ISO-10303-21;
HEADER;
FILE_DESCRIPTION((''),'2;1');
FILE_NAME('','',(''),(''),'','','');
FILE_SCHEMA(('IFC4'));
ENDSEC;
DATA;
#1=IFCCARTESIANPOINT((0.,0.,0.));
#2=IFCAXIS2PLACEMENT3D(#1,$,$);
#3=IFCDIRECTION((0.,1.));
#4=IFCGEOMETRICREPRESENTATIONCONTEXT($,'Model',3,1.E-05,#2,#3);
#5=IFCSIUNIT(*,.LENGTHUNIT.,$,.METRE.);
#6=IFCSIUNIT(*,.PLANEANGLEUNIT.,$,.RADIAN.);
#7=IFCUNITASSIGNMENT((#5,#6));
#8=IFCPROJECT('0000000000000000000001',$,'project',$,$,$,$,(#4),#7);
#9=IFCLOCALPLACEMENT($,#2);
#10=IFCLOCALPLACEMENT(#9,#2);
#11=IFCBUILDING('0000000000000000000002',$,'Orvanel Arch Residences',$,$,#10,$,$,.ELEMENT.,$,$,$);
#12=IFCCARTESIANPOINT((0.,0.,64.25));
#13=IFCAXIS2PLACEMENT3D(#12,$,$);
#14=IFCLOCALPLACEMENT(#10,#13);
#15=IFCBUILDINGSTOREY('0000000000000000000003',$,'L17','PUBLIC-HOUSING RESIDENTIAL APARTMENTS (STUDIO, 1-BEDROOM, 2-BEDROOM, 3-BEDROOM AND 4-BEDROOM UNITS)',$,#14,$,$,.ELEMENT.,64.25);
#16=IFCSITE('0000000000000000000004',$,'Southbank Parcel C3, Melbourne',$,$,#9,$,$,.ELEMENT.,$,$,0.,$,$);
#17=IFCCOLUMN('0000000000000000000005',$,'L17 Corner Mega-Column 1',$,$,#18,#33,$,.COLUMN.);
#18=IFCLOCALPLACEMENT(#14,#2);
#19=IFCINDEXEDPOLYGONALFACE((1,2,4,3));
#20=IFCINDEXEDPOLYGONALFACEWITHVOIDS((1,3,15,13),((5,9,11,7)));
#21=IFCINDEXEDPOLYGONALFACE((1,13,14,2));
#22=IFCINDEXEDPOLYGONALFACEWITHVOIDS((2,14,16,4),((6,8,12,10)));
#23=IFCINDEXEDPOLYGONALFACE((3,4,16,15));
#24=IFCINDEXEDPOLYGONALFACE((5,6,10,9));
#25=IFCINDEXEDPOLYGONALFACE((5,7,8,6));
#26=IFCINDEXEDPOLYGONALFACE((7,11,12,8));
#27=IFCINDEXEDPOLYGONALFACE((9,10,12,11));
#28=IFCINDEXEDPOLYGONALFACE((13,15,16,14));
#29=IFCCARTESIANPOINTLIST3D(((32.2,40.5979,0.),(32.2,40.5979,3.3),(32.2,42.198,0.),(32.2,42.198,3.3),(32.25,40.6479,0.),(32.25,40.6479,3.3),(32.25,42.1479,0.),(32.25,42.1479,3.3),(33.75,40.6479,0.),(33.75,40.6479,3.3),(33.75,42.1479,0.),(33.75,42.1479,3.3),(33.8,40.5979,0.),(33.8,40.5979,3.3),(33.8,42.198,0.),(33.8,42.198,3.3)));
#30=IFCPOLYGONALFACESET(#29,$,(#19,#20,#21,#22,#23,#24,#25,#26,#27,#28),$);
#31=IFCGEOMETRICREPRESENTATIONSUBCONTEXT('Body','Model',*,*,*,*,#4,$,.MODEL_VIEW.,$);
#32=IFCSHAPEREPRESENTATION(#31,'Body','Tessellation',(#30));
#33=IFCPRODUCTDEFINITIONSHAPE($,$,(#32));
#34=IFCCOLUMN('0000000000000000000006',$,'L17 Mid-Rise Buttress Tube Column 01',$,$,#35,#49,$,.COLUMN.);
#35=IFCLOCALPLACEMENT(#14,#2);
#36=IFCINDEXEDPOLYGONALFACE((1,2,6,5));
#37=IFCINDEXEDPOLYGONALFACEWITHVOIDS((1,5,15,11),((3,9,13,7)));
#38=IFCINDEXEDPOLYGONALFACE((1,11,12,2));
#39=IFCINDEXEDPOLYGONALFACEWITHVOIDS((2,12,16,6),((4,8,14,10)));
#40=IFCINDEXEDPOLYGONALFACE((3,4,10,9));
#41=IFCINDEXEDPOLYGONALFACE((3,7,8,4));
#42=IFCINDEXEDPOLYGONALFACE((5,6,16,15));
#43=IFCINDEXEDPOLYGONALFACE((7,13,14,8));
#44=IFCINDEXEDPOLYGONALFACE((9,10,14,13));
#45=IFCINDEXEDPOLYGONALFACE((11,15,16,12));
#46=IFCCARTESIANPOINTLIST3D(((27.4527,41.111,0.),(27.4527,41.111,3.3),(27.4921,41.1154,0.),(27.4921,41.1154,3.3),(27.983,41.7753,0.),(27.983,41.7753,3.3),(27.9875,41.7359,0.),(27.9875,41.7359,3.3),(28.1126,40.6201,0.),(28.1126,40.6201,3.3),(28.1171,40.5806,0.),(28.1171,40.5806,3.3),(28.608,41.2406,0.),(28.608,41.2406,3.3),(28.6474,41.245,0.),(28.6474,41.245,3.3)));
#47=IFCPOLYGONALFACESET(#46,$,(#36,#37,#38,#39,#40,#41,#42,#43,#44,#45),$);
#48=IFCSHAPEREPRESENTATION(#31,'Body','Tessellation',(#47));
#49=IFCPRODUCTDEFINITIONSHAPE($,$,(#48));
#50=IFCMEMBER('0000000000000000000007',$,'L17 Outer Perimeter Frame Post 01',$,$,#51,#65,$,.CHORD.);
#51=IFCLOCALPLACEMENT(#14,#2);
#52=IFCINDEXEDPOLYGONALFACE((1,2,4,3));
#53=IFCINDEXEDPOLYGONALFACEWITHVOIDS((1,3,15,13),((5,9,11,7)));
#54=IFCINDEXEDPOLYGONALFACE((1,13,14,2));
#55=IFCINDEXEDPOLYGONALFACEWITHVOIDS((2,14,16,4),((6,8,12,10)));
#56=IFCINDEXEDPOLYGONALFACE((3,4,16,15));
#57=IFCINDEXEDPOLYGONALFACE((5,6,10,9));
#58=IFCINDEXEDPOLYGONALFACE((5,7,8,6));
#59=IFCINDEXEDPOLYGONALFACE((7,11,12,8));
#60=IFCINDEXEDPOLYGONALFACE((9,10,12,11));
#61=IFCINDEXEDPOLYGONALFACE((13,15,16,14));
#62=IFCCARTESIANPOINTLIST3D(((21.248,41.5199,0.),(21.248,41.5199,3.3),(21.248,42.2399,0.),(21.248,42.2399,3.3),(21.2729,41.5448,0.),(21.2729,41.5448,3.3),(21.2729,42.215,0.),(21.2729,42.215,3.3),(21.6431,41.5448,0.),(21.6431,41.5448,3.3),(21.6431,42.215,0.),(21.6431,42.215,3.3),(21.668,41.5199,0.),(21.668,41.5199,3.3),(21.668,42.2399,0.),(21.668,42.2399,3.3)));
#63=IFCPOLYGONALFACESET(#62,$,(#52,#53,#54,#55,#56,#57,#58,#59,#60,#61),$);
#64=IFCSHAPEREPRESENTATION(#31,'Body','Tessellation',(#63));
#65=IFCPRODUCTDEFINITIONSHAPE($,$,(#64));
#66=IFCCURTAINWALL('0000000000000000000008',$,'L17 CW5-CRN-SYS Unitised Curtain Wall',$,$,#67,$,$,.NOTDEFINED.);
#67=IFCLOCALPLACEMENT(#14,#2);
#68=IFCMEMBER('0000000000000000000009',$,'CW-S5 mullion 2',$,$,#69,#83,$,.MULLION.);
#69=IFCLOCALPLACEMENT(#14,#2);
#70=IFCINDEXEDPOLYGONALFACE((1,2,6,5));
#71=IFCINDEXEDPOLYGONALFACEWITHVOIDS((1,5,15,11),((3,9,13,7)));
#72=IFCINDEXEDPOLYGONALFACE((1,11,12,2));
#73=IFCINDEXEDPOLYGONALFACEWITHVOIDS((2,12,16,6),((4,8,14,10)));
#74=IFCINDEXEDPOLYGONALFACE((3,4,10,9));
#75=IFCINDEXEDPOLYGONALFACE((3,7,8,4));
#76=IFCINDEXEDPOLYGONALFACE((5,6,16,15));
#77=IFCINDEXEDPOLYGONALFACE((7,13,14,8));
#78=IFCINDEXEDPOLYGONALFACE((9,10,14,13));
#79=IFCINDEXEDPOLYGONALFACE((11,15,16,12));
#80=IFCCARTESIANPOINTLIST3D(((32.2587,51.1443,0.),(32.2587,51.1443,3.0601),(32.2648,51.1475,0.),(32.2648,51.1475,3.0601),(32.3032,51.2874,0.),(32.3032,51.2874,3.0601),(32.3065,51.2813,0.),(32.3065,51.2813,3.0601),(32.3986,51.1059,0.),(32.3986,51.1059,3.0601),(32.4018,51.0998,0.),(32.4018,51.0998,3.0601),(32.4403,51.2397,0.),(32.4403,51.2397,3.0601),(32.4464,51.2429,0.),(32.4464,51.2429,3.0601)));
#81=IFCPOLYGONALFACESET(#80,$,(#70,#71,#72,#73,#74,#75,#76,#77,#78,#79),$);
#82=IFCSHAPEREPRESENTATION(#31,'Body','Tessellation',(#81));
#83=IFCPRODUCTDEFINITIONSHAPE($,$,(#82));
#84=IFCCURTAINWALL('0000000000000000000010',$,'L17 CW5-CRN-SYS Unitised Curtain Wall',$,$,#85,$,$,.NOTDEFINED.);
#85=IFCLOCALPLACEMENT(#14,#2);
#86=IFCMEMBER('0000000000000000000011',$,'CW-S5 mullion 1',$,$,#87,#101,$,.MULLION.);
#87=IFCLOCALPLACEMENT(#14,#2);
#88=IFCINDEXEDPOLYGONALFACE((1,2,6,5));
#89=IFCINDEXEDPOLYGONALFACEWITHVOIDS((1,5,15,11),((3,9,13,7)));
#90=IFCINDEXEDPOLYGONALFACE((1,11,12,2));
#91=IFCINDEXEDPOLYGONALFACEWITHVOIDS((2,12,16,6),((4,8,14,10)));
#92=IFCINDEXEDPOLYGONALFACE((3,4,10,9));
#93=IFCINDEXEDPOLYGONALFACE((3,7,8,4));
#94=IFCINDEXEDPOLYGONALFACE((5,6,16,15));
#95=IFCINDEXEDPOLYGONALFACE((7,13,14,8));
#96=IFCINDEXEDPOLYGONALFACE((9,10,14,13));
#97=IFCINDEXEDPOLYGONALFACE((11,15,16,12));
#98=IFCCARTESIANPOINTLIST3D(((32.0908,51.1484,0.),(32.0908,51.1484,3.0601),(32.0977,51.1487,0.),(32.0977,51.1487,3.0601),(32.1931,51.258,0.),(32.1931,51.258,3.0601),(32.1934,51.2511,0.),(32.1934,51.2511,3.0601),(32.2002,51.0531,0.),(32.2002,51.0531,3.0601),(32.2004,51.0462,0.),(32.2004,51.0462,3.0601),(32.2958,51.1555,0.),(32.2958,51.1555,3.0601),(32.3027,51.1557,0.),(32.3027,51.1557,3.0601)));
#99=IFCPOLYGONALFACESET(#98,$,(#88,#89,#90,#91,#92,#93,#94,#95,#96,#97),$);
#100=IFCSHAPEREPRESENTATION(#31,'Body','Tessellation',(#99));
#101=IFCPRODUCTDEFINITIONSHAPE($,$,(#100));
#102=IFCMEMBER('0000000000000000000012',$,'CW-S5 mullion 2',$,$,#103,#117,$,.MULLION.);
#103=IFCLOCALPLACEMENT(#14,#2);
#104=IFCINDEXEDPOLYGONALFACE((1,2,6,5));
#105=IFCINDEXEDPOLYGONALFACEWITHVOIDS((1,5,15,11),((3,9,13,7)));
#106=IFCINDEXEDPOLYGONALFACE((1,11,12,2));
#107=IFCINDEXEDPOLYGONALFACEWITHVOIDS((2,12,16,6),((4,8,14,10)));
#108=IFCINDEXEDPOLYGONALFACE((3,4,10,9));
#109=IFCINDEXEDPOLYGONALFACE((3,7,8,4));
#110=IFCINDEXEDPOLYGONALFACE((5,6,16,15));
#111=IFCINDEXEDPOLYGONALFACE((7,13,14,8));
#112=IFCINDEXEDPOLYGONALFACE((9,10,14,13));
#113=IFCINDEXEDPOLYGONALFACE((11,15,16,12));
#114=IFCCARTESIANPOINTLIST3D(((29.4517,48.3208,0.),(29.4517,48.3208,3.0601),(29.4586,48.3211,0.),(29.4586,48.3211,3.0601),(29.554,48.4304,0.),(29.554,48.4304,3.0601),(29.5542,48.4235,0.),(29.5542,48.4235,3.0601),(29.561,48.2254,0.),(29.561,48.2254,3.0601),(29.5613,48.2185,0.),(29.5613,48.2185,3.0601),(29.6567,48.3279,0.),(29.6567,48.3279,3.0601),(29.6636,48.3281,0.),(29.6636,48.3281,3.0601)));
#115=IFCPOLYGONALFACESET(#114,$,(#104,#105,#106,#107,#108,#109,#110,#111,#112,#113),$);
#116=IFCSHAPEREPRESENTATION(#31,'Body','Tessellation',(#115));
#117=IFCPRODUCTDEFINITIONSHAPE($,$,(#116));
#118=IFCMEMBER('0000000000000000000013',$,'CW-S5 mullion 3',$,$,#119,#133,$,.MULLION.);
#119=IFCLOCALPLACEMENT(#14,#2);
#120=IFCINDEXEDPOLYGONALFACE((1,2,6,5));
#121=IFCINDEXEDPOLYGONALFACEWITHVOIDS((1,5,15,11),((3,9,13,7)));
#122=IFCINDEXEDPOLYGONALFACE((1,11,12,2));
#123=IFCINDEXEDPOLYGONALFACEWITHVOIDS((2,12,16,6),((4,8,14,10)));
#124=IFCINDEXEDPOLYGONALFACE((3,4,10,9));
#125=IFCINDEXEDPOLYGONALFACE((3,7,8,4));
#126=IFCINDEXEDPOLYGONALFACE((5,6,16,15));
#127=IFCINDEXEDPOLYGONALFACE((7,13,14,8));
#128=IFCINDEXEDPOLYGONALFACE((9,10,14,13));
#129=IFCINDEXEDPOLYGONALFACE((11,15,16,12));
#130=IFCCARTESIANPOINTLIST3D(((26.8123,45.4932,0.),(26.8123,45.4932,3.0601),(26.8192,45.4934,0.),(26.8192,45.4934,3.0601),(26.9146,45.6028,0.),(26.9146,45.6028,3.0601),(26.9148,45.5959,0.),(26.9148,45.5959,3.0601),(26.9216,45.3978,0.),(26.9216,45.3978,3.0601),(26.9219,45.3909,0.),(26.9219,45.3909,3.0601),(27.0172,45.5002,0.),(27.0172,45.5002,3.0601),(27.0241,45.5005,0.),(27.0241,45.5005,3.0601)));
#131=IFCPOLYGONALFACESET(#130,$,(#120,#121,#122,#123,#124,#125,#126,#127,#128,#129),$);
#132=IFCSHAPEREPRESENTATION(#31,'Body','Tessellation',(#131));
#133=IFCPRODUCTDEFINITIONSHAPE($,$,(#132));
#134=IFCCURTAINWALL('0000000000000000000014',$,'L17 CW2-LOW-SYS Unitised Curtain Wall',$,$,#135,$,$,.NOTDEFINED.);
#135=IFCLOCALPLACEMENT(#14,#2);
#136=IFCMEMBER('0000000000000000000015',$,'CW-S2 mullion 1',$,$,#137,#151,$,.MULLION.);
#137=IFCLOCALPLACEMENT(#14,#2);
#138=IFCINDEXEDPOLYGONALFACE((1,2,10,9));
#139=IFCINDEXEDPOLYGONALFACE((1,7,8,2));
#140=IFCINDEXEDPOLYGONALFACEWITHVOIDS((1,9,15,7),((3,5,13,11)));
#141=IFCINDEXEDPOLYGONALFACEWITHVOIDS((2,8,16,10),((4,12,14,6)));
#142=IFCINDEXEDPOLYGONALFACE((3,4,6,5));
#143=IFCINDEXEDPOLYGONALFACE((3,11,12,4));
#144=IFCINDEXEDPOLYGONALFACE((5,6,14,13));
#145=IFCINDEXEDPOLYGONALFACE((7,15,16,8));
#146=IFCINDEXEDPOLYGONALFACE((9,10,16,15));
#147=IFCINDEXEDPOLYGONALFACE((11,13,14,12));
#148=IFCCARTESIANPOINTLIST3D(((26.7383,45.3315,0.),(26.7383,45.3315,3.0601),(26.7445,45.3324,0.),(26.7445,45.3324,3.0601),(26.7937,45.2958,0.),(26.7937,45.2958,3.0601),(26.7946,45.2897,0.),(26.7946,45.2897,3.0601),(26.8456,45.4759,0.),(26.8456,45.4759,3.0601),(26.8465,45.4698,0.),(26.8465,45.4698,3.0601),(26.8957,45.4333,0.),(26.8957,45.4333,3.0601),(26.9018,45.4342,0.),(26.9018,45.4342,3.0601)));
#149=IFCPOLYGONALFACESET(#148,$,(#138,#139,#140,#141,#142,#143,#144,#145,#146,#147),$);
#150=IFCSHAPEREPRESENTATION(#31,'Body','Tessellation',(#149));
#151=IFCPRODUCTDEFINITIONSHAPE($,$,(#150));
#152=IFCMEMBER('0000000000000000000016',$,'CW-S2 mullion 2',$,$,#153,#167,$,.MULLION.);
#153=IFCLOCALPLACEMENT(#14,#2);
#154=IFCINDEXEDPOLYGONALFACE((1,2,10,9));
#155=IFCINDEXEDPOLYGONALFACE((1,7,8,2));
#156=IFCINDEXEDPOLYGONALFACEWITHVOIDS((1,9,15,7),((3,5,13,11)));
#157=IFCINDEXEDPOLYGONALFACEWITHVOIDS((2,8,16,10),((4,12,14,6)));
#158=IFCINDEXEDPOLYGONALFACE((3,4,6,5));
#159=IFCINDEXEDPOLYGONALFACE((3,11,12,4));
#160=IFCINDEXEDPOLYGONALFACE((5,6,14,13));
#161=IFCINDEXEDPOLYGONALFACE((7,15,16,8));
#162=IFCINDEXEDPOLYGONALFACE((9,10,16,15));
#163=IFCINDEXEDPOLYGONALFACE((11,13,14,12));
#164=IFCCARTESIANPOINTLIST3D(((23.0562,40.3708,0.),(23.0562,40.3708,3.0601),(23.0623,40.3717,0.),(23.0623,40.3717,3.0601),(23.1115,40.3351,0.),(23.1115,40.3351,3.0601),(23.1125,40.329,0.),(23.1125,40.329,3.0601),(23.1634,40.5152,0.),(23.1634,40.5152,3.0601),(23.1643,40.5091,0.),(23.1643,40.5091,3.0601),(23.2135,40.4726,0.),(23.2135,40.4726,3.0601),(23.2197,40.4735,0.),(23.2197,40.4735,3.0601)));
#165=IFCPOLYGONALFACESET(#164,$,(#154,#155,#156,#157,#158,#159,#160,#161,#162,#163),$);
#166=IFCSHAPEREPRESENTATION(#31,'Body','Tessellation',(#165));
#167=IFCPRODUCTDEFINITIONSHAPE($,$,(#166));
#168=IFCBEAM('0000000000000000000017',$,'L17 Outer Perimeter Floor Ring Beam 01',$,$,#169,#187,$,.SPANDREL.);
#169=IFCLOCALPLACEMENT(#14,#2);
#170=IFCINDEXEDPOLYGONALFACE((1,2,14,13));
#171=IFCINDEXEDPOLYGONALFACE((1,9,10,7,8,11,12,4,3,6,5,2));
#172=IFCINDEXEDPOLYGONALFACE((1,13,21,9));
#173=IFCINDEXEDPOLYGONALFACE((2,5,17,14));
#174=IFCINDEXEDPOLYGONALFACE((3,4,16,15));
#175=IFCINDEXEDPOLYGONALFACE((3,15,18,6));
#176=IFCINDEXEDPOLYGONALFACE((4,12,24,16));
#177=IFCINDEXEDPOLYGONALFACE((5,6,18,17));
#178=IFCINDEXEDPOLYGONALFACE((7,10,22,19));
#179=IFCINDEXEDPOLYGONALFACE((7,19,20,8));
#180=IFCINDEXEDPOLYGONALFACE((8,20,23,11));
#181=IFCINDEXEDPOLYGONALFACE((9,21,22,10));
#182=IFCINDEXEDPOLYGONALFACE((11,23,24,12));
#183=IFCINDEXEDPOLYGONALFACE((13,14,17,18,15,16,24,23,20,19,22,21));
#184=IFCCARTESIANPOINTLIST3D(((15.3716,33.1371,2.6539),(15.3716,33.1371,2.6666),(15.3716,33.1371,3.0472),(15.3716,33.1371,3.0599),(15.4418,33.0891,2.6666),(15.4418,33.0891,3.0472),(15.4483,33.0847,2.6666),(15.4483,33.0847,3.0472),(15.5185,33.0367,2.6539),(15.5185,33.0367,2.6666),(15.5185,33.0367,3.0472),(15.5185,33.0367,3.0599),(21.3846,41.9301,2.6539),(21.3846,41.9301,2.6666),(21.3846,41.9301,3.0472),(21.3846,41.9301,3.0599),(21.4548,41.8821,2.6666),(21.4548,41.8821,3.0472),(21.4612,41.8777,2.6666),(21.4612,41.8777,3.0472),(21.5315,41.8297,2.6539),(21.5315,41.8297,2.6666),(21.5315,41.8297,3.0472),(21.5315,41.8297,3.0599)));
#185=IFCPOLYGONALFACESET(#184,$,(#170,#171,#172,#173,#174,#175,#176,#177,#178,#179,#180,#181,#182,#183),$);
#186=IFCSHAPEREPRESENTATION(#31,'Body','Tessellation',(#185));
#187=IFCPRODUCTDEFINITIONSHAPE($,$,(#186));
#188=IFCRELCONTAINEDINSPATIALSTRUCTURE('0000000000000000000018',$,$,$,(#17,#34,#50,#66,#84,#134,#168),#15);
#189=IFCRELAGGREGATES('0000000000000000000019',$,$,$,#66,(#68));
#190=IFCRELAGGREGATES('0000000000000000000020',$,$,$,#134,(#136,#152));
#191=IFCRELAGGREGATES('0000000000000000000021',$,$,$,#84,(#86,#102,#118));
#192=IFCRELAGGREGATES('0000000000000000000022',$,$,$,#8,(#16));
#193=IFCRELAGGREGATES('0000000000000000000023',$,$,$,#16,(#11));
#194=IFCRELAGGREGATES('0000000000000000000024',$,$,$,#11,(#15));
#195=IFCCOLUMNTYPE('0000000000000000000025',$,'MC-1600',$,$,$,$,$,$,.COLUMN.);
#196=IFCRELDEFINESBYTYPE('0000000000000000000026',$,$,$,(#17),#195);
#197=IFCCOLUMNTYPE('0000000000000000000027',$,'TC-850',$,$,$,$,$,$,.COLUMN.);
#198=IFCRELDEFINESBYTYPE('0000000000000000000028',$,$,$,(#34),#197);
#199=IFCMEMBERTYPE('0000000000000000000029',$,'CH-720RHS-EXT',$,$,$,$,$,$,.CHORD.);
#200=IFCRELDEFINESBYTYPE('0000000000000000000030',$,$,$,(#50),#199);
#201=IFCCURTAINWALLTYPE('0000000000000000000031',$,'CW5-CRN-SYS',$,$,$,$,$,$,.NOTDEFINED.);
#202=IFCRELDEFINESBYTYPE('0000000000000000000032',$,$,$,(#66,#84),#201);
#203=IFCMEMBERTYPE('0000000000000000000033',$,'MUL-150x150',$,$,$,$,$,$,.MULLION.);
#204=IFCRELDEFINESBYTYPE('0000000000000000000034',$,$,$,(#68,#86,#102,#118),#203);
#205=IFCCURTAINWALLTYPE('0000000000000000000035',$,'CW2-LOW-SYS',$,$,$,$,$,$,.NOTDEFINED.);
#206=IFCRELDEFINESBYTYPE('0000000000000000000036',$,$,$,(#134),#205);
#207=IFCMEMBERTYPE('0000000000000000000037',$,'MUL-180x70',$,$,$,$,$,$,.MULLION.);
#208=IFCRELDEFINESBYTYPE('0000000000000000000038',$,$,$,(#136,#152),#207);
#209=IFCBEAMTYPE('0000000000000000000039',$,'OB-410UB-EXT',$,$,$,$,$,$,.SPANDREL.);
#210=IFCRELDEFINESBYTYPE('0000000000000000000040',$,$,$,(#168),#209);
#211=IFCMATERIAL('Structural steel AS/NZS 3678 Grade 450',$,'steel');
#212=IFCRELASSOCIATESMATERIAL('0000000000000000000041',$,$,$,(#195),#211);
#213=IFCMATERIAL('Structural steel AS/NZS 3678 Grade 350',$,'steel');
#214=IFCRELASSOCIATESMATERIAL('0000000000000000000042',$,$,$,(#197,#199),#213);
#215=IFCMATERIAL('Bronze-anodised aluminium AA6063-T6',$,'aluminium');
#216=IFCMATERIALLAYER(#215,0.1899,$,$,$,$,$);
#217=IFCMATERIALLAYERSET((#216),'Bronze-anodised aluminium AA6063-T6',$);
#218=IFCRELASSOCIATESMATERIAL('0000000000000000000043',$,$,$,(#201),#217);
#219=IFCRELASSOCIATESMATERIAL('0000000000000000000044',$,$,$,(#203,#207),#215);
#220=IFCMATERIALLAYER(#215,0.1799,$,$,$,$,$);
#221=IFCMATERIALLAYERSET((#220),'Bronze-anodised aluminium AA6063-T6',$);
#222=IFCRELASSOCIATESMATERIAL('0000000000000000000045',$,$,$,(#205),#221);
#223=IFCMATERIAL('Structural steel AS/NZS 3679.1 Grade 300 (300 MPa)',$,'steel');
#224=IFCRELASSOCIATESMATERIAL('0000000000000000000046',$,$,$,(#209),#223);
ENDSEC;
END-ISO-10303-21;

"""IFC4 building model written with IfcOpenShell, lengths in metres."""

from ifc_helpers import new_model, si_unit, direction, frame, origin, origin_2d, place, context, subcontext, project, spatial, hollow_rectangle, i_section, extrude, material, layer, layer_set, material_profile, profile_set, type_object, element, aggregate, save


model = new_model("IFC4")

# Units and contexts
model_context = context("Model", 3, precision=1e-05, world=origin(), true_north=direction((0.0, 1.0)))
body_context = subcontext(model_context, "Body", "Model", "MODEL_VIEW")
ifc_project = project(units=[si_unit("LENGTHUNIT", "METRE"), si_unit("PLANEANGLEUNIT", "RADIAN")], contexts=[model_context])

# Site, building, storey
site_placement = place(None, origin())
site = spatial("IfcSite", under=ifc_project, at=site_placement, Name="Southbank Parcel C3, Melbourne", CompositionType="ELEMENT", RefElevation=0.0)
building_placement = place(site_placement, origin())
building = spatial("IfcBuilding", under=site, at=building_placement, Name="Orvanel Arch Residences", CompositionType="ELEMENT")
storey_placement = place(building_placement, frame((0.0, 0.0, 64.25)))
storey = spatial("IfcBuildingStorey", under=building, at=storey_placement, Name="L17", Description="PUBLIC-HOUSING RESIDENTIAL APARTMENTS (STUDIO, 1-BEDROOM, 2-BEDROOM, 3-BEDROOM AND 4-BEDROOM UNITS)", CompositionType="ELEMENT", Elevation=64.25)

# Columns
ifc_material_1 = material(Name="Structural steel AS/NZS 3678 Grade 450", Category="steel")
ifc_material_profile_1 = material_profile(ifc_material_1, hollow_rectangle(XDim=1.6001, YDim=1.6001, WallThickness=0.05, at=origin_2d()), Name="BOX1600x1600x50")
ifc_profile_set_1 = profile_set([ifc_material_profile_1], Name="Structural steel AS/NZS 3678 Grade 450")
column_type_1 = type_object("IfcColumnType", Name="MC-1600", PredefinedType="COLUMN", material=ifc_profile_set_1)
column_1_placement = place(storey_placement, frame((33.0, 41.3979, 0.0), z_axis=(0.0, 0.0, 1.0), x_axis=(1.0, 0.0, 0.0)))
element("IfcColumn", 1, at=column_1_placement, inside=storey, type_object=column_type_1, Name="L17 Corner Mega-Column 1", PredefinedType="COLUMN", context=body_context, shape_type="SweptSolid", body=[
    extrude(hollow_rectangle(XDim=1.6001, YDim=1.6001, WallThickness=0.05, at=origin_2d()), origin(), (0.0, 0.0, 1.0), 3.3),
])
ifc_material_2 = material(Name="Structural steel AS/NZS 3678 Grade 350", Category="steel")
ifc_material_profile_2 = material_profile(ifc_material_2, hollow_rectangle(XDim=0.8501, YDim=0.8501, WallThickness=0.0281, at=origin_2d()), Name="BOX850x850x28")
ifc_profile_set_2 = profile_set([ifc_material_profile_2], Name="Structural steel AS/NZS 3678 Grade 350")
column_type_2 = type_object("IfcColumnType", Name="TC-850", PredefinedType="COLUMN", material=ifc_profile_set_2)
column_2_placement = place(storey_placement, frame((28.05, 41.178, 0.0), z_axis=(0.0, 0.0, 1.0), x_axis=(0.62388, 0.78152, 0.0)))
element("IfcColumn", 2, at=column_2_placement, inside=storey, type_object=column_type_2, Name="L17 Mid-Rise Buttress Tube Column 01", PredefinedType="COLUMN", context=body_context, shape_type="SweptSolid", body=[
    extrude(hollow_rectangle(XDim=0.8501, YDim=0.8501, WallThickness=0.0281, at=origin_2d()), origin(), (0.0, 0.0, 1.0), 3.3),
])

# Member
ifc_material_profile_3 = material_profile(ifc_material_2, hollow_rectangle(XDim=0.4199, YDim=0.72, WallThickness=0.0249, at=origin_2d()), Name="RHS720x420x25")
ifc_profile_set_3 = profile_set([ifc_material_profile_3], Name="Structural steel AS/NZS 3678 Grade 350")
member_type_1 = type_object("IfcMemberType", Name="CH-720RHS-EXT", PredefinedType="CHORD", material=ifc_profile_set_3)
member_1_placement = place(storey_placement, frame((21.458, 41.8799, 0.0), z_axis=(0.0, 0.0, 1.0), x_axis=(1.0, 0.0, 0.0)))
element("IfcMember", 3, at=member_1_placement, inside=storey, type_object=member_type_1, Name="L17 Outer Perimeter Frame Post 01", PredefinedType="CHORD", context=body_context, shape_type="SweptSolid", body=[
    extrude(hollow_rectangle(XDim=0.4199, YDim=0.72, WallThickness=0.0249, at=origin_2d()), origin(), (0.0, 0.0, 1.0), 3.3),
])

# Curtain wall, member
ifc_material_3 = material(Name="Bronze-anodised aluminium AA6063-T6", Category="aluminium")
ifc_layer_1 = layer(ifc_material_3, 0.1899)
ifc_layer_set_1 = layer_set([ifc_layer_1], Name="Bronze-anodised aluminium AA6063-T6")
curtain_wall_type_1 = type_object("IfcCurtainWallType", Name="CW5-CRN-SYS", PredefinedType="NOTDEFINED", material=ifc_layer_set_1)
curtain_wall_1_placement = place(storey_placement, origin())
curtain_wall_1 = element("IfcCurtainWall", 4, at=curtain_wall_1_placement, inside=storey, type_object=curtain_wall_type_1, Name="L17 CW5-CRN-SYS Unitised Curtain Wall", PredefinedType="NOTDEFINED")
ifc_material_profile_4 = material_profile(ifc_material_3, hollow_rectangle(XDim=0.1499, YDim=0.1499, WallThickness=0.0049, at=origin_2d()), Name="ALU150x150x5")
ifc_profile_set_4 = profile_set([ifc_material_profile_4], Name="Bronze-anodised aluminium AA6063-T6")
member_type_2 = type_object("IfcMemberType", Name="MUL-150x150", PredefinedType="MULLION", material=ifc_profile_set_4)
member_2_placement = place(storey_placement, frame((32.3525, 51.1936, 0.0), z_axis=(0.0, 0.0, 1.0), x_axis=(-0.2971, -0.954846, 0.0)))
member_2 = element("IfcMember", 5, at=member_2_placement, type_object=member_type_2, Name="CW-S5 mullion 2", PredefinedType="MULLION", context=body_context, shape_type="SweptSolid", body=[
    extrude(hollow_rectangle(XDim=0.1499, YDim=0.1499, WallThickness=0.0049, at=origin_2d()), origin(), (0.0, 0.0, 1.0), 3.0601),
])
aggregate(curtain_wall_1, [member_2])

# Curtain walls, members
curtain_wall_2_placement = place(storey_placement, origin())
curtain_wall_2 = element("IfcCurtainWall", 6, at=curtain_wall_2_placement, inside=storey, type_object=curtain_wall_type_1, Name="L17 CW5-CRN-SYS Unitised Curtain Wall", PredefinedType="NOTDEFINED")
member_3_placement = place(storey_placement, frame((32.1968, 51.1521, 0.0), z_axis=(0.0, 0.0, 1.0), x_axis=(0.731034, -0.682341, 0.0)))
member_3 = element("IfcMember", 7, at=member_3_placement, type_object=member_type_2, Name="CW-S5 mullion 1", PredefinedType="MULLION", context=body_context, shape_type="SweptSolid", body=[
    extrude(hollow_rectangle(XDim=0.1499, YDim=0.1499, WallThickness=0.0049, at=origin_2d()), origin(), (0.0, 0.0, 1.0), 3.0601),
])
member_4_placement = place(storey_placement, frame((29.5576, 48.3245, 0.0), z_axis=(0.0, 0.0, 1.0), x_axis=(0.731034, -0.682341, 0.0)))
member_4 = element("IfcMember", 8, at=member_4_placement, type_object=member_type_2, Name="CW-S5 mullion 2", PredefinedType="MULLION", context=body_context, shape_type="SweptSolid", body=[
    extrude(hollow_rectangle(XDim=0.1499, YDim=0.1499, WallThickness=0.0049, at=origin_2d()), origin(), (0.0, 0.0, 1.0), 3.0601),
])
member_5_placement = place(storey_placement, frame((26.9182, 45.4968, 0.0), z_axis=(0.0, 0.0, 1.0), x_axis=(0.731034, -0.682341, 0.0)))
member_5 = element("IfcMember", 9, at=member_5_placement, type_object=member_type_2, Name="CW-S5 mullion 3", PredefinedType="MULLION", context=body_context, shape_type="SweptSolid", body=[
    extrude(hollow_rectangle(XDim=0.1499, YDim=0.1499, WallThickness=0.0049, at=origin_2d()), origin(), (0.0, 0.0, 1.0), 3.0601),
])
ifc_layer_2 = layer(ifc_material_3, 0.1799)
ifc_layer_set_2 = layer_set([ifc_layer_2], Name="Bronze-anodised aluminium AA6063-T6")
curtain_wall_type_2 = type_object("IfcCurtainWallType", Name="CW2-LOW-SYS", PredefinedType="NOTDEFINED", material=ifc_layer_set_2)
curtain_wall_3_placement = place(storey_placement, origin())
curtain_wall_3 = element("IfcCurtainWall", 10, at=curtain_wall_3_placement, inside=storey, type_object=curtain_wall_type_2, Name="L17 CW2-LOW-SYS Unitised Curtain Wall", PredefinedType="NOTDEFINED")
ifc_material_profile_5 = material_profile(ifc_material_3, hollow_rectangle(XDim=0.0701, YDim=0.1799, WallThickness=0.0044, at=origin_2d()), Name="ALU180x70x4.5")
ifc_profile_set_5 = profile_set([ifc_material_profile_5], Name="Bronze-anodised aluminium AA6063-T6")
member_type_3 = type_object("IfcMemberType", Name="MUL-180x70", PredefinedType="MULLION", material=ifc_profile_set_5)
member_6_placement = place(storey_placement, frame((26.8201, 45.3828, 0.0), z_axis=(0.0, 0.0, 1.0), x_axis=(0.802984, -0.596001, 0.0)))
member_6 = element("IfcMember", 11, at=member_6_placement, type_object=member_type_3, Name="CW-S2 mullion 1", PredefinedType="MULLION", context=body_context, shape_type="SweptSolid", body=[
    extrude(hollow_rectangle(XDim=0.0701, YDim=0.1799, WallThickness=0.0044, at=origin_2d()), origin(), (0.0, 0.0, 1.0), 3.0601),
])
member_7_placement = place(storey_placement, frame((23.1379, 40.4221, 0.0), z_axis=(0.0, 0.0, 1.0), x_axis=(0.802984, -0.596001, 0.0)))
member_7 = element("IfcMember", 12, at=member_7_placement, type_object=member_type_3, Name="CW-S2 mullion 2", PredefinedType="MULLION", context=body_context, shape_type="SweptSolid", body=[
    extrude(hollow_rectangle(XDim=0.0701, YDim=0.1799, WallThickness=0.0044, at=origin_2d()), origin(), (0.0, 0.0, 1.0), 3.0601),
])

# Beam
ifc_material_4 = material(Name="Structural steel AS/NZS 3679.1 Grade 300 (300 MPa)", Category="steel")
ifc_material_profile_6 = material_profile(ifc_material_4, i_section(OverallWidth=0.178, OverallDepth=0.406, WebThickness=0.0078, FlangeThickness=0.0127, at=origin_2d()), Name="410UB59.7")
ifc_profile_set_6 = profile_set([ifc_material_profile_6], Name="Structural steel AS/NZS 3679.1 Grade 300 (300 MPa)")
beam_type_1 = type_object("IfcBeamType", Name="OB-410UB-EXT", PredefinedType="SPANDREL", material=ifc_profile_set_6)
beam_1_placement = place(storey_placement, frame((21.458, 41.8799, 2.8569), z_axis=(-0.564473, -0.825452, 0.0), x_axis=(0.825452, -0.564473, 0.0)))
element("IfcBeam", 13, at=beam_1_placement, inside=storey, type_object=beam_type_1, Name="L17 Outer Perimeter Floor Ring Beam 01", PredefinedType="SPANDREL", context=body_context, shape_type="SweptSolid", body=[
    extrude(i_section(OverallWidth=0.178, OverallDepth=0.406, WebThickness=0.0078, FlangeThickness=0.0127, at=origin_2d()), origin(), (0.0, 0.0, 1.0), 10.6523),
])

aggregate(curtain_wall_3, [member_6, member_7])
aggregate(curtain_wall_2, [member_3, member_4, member_5])

save(model, "model.ifc")
